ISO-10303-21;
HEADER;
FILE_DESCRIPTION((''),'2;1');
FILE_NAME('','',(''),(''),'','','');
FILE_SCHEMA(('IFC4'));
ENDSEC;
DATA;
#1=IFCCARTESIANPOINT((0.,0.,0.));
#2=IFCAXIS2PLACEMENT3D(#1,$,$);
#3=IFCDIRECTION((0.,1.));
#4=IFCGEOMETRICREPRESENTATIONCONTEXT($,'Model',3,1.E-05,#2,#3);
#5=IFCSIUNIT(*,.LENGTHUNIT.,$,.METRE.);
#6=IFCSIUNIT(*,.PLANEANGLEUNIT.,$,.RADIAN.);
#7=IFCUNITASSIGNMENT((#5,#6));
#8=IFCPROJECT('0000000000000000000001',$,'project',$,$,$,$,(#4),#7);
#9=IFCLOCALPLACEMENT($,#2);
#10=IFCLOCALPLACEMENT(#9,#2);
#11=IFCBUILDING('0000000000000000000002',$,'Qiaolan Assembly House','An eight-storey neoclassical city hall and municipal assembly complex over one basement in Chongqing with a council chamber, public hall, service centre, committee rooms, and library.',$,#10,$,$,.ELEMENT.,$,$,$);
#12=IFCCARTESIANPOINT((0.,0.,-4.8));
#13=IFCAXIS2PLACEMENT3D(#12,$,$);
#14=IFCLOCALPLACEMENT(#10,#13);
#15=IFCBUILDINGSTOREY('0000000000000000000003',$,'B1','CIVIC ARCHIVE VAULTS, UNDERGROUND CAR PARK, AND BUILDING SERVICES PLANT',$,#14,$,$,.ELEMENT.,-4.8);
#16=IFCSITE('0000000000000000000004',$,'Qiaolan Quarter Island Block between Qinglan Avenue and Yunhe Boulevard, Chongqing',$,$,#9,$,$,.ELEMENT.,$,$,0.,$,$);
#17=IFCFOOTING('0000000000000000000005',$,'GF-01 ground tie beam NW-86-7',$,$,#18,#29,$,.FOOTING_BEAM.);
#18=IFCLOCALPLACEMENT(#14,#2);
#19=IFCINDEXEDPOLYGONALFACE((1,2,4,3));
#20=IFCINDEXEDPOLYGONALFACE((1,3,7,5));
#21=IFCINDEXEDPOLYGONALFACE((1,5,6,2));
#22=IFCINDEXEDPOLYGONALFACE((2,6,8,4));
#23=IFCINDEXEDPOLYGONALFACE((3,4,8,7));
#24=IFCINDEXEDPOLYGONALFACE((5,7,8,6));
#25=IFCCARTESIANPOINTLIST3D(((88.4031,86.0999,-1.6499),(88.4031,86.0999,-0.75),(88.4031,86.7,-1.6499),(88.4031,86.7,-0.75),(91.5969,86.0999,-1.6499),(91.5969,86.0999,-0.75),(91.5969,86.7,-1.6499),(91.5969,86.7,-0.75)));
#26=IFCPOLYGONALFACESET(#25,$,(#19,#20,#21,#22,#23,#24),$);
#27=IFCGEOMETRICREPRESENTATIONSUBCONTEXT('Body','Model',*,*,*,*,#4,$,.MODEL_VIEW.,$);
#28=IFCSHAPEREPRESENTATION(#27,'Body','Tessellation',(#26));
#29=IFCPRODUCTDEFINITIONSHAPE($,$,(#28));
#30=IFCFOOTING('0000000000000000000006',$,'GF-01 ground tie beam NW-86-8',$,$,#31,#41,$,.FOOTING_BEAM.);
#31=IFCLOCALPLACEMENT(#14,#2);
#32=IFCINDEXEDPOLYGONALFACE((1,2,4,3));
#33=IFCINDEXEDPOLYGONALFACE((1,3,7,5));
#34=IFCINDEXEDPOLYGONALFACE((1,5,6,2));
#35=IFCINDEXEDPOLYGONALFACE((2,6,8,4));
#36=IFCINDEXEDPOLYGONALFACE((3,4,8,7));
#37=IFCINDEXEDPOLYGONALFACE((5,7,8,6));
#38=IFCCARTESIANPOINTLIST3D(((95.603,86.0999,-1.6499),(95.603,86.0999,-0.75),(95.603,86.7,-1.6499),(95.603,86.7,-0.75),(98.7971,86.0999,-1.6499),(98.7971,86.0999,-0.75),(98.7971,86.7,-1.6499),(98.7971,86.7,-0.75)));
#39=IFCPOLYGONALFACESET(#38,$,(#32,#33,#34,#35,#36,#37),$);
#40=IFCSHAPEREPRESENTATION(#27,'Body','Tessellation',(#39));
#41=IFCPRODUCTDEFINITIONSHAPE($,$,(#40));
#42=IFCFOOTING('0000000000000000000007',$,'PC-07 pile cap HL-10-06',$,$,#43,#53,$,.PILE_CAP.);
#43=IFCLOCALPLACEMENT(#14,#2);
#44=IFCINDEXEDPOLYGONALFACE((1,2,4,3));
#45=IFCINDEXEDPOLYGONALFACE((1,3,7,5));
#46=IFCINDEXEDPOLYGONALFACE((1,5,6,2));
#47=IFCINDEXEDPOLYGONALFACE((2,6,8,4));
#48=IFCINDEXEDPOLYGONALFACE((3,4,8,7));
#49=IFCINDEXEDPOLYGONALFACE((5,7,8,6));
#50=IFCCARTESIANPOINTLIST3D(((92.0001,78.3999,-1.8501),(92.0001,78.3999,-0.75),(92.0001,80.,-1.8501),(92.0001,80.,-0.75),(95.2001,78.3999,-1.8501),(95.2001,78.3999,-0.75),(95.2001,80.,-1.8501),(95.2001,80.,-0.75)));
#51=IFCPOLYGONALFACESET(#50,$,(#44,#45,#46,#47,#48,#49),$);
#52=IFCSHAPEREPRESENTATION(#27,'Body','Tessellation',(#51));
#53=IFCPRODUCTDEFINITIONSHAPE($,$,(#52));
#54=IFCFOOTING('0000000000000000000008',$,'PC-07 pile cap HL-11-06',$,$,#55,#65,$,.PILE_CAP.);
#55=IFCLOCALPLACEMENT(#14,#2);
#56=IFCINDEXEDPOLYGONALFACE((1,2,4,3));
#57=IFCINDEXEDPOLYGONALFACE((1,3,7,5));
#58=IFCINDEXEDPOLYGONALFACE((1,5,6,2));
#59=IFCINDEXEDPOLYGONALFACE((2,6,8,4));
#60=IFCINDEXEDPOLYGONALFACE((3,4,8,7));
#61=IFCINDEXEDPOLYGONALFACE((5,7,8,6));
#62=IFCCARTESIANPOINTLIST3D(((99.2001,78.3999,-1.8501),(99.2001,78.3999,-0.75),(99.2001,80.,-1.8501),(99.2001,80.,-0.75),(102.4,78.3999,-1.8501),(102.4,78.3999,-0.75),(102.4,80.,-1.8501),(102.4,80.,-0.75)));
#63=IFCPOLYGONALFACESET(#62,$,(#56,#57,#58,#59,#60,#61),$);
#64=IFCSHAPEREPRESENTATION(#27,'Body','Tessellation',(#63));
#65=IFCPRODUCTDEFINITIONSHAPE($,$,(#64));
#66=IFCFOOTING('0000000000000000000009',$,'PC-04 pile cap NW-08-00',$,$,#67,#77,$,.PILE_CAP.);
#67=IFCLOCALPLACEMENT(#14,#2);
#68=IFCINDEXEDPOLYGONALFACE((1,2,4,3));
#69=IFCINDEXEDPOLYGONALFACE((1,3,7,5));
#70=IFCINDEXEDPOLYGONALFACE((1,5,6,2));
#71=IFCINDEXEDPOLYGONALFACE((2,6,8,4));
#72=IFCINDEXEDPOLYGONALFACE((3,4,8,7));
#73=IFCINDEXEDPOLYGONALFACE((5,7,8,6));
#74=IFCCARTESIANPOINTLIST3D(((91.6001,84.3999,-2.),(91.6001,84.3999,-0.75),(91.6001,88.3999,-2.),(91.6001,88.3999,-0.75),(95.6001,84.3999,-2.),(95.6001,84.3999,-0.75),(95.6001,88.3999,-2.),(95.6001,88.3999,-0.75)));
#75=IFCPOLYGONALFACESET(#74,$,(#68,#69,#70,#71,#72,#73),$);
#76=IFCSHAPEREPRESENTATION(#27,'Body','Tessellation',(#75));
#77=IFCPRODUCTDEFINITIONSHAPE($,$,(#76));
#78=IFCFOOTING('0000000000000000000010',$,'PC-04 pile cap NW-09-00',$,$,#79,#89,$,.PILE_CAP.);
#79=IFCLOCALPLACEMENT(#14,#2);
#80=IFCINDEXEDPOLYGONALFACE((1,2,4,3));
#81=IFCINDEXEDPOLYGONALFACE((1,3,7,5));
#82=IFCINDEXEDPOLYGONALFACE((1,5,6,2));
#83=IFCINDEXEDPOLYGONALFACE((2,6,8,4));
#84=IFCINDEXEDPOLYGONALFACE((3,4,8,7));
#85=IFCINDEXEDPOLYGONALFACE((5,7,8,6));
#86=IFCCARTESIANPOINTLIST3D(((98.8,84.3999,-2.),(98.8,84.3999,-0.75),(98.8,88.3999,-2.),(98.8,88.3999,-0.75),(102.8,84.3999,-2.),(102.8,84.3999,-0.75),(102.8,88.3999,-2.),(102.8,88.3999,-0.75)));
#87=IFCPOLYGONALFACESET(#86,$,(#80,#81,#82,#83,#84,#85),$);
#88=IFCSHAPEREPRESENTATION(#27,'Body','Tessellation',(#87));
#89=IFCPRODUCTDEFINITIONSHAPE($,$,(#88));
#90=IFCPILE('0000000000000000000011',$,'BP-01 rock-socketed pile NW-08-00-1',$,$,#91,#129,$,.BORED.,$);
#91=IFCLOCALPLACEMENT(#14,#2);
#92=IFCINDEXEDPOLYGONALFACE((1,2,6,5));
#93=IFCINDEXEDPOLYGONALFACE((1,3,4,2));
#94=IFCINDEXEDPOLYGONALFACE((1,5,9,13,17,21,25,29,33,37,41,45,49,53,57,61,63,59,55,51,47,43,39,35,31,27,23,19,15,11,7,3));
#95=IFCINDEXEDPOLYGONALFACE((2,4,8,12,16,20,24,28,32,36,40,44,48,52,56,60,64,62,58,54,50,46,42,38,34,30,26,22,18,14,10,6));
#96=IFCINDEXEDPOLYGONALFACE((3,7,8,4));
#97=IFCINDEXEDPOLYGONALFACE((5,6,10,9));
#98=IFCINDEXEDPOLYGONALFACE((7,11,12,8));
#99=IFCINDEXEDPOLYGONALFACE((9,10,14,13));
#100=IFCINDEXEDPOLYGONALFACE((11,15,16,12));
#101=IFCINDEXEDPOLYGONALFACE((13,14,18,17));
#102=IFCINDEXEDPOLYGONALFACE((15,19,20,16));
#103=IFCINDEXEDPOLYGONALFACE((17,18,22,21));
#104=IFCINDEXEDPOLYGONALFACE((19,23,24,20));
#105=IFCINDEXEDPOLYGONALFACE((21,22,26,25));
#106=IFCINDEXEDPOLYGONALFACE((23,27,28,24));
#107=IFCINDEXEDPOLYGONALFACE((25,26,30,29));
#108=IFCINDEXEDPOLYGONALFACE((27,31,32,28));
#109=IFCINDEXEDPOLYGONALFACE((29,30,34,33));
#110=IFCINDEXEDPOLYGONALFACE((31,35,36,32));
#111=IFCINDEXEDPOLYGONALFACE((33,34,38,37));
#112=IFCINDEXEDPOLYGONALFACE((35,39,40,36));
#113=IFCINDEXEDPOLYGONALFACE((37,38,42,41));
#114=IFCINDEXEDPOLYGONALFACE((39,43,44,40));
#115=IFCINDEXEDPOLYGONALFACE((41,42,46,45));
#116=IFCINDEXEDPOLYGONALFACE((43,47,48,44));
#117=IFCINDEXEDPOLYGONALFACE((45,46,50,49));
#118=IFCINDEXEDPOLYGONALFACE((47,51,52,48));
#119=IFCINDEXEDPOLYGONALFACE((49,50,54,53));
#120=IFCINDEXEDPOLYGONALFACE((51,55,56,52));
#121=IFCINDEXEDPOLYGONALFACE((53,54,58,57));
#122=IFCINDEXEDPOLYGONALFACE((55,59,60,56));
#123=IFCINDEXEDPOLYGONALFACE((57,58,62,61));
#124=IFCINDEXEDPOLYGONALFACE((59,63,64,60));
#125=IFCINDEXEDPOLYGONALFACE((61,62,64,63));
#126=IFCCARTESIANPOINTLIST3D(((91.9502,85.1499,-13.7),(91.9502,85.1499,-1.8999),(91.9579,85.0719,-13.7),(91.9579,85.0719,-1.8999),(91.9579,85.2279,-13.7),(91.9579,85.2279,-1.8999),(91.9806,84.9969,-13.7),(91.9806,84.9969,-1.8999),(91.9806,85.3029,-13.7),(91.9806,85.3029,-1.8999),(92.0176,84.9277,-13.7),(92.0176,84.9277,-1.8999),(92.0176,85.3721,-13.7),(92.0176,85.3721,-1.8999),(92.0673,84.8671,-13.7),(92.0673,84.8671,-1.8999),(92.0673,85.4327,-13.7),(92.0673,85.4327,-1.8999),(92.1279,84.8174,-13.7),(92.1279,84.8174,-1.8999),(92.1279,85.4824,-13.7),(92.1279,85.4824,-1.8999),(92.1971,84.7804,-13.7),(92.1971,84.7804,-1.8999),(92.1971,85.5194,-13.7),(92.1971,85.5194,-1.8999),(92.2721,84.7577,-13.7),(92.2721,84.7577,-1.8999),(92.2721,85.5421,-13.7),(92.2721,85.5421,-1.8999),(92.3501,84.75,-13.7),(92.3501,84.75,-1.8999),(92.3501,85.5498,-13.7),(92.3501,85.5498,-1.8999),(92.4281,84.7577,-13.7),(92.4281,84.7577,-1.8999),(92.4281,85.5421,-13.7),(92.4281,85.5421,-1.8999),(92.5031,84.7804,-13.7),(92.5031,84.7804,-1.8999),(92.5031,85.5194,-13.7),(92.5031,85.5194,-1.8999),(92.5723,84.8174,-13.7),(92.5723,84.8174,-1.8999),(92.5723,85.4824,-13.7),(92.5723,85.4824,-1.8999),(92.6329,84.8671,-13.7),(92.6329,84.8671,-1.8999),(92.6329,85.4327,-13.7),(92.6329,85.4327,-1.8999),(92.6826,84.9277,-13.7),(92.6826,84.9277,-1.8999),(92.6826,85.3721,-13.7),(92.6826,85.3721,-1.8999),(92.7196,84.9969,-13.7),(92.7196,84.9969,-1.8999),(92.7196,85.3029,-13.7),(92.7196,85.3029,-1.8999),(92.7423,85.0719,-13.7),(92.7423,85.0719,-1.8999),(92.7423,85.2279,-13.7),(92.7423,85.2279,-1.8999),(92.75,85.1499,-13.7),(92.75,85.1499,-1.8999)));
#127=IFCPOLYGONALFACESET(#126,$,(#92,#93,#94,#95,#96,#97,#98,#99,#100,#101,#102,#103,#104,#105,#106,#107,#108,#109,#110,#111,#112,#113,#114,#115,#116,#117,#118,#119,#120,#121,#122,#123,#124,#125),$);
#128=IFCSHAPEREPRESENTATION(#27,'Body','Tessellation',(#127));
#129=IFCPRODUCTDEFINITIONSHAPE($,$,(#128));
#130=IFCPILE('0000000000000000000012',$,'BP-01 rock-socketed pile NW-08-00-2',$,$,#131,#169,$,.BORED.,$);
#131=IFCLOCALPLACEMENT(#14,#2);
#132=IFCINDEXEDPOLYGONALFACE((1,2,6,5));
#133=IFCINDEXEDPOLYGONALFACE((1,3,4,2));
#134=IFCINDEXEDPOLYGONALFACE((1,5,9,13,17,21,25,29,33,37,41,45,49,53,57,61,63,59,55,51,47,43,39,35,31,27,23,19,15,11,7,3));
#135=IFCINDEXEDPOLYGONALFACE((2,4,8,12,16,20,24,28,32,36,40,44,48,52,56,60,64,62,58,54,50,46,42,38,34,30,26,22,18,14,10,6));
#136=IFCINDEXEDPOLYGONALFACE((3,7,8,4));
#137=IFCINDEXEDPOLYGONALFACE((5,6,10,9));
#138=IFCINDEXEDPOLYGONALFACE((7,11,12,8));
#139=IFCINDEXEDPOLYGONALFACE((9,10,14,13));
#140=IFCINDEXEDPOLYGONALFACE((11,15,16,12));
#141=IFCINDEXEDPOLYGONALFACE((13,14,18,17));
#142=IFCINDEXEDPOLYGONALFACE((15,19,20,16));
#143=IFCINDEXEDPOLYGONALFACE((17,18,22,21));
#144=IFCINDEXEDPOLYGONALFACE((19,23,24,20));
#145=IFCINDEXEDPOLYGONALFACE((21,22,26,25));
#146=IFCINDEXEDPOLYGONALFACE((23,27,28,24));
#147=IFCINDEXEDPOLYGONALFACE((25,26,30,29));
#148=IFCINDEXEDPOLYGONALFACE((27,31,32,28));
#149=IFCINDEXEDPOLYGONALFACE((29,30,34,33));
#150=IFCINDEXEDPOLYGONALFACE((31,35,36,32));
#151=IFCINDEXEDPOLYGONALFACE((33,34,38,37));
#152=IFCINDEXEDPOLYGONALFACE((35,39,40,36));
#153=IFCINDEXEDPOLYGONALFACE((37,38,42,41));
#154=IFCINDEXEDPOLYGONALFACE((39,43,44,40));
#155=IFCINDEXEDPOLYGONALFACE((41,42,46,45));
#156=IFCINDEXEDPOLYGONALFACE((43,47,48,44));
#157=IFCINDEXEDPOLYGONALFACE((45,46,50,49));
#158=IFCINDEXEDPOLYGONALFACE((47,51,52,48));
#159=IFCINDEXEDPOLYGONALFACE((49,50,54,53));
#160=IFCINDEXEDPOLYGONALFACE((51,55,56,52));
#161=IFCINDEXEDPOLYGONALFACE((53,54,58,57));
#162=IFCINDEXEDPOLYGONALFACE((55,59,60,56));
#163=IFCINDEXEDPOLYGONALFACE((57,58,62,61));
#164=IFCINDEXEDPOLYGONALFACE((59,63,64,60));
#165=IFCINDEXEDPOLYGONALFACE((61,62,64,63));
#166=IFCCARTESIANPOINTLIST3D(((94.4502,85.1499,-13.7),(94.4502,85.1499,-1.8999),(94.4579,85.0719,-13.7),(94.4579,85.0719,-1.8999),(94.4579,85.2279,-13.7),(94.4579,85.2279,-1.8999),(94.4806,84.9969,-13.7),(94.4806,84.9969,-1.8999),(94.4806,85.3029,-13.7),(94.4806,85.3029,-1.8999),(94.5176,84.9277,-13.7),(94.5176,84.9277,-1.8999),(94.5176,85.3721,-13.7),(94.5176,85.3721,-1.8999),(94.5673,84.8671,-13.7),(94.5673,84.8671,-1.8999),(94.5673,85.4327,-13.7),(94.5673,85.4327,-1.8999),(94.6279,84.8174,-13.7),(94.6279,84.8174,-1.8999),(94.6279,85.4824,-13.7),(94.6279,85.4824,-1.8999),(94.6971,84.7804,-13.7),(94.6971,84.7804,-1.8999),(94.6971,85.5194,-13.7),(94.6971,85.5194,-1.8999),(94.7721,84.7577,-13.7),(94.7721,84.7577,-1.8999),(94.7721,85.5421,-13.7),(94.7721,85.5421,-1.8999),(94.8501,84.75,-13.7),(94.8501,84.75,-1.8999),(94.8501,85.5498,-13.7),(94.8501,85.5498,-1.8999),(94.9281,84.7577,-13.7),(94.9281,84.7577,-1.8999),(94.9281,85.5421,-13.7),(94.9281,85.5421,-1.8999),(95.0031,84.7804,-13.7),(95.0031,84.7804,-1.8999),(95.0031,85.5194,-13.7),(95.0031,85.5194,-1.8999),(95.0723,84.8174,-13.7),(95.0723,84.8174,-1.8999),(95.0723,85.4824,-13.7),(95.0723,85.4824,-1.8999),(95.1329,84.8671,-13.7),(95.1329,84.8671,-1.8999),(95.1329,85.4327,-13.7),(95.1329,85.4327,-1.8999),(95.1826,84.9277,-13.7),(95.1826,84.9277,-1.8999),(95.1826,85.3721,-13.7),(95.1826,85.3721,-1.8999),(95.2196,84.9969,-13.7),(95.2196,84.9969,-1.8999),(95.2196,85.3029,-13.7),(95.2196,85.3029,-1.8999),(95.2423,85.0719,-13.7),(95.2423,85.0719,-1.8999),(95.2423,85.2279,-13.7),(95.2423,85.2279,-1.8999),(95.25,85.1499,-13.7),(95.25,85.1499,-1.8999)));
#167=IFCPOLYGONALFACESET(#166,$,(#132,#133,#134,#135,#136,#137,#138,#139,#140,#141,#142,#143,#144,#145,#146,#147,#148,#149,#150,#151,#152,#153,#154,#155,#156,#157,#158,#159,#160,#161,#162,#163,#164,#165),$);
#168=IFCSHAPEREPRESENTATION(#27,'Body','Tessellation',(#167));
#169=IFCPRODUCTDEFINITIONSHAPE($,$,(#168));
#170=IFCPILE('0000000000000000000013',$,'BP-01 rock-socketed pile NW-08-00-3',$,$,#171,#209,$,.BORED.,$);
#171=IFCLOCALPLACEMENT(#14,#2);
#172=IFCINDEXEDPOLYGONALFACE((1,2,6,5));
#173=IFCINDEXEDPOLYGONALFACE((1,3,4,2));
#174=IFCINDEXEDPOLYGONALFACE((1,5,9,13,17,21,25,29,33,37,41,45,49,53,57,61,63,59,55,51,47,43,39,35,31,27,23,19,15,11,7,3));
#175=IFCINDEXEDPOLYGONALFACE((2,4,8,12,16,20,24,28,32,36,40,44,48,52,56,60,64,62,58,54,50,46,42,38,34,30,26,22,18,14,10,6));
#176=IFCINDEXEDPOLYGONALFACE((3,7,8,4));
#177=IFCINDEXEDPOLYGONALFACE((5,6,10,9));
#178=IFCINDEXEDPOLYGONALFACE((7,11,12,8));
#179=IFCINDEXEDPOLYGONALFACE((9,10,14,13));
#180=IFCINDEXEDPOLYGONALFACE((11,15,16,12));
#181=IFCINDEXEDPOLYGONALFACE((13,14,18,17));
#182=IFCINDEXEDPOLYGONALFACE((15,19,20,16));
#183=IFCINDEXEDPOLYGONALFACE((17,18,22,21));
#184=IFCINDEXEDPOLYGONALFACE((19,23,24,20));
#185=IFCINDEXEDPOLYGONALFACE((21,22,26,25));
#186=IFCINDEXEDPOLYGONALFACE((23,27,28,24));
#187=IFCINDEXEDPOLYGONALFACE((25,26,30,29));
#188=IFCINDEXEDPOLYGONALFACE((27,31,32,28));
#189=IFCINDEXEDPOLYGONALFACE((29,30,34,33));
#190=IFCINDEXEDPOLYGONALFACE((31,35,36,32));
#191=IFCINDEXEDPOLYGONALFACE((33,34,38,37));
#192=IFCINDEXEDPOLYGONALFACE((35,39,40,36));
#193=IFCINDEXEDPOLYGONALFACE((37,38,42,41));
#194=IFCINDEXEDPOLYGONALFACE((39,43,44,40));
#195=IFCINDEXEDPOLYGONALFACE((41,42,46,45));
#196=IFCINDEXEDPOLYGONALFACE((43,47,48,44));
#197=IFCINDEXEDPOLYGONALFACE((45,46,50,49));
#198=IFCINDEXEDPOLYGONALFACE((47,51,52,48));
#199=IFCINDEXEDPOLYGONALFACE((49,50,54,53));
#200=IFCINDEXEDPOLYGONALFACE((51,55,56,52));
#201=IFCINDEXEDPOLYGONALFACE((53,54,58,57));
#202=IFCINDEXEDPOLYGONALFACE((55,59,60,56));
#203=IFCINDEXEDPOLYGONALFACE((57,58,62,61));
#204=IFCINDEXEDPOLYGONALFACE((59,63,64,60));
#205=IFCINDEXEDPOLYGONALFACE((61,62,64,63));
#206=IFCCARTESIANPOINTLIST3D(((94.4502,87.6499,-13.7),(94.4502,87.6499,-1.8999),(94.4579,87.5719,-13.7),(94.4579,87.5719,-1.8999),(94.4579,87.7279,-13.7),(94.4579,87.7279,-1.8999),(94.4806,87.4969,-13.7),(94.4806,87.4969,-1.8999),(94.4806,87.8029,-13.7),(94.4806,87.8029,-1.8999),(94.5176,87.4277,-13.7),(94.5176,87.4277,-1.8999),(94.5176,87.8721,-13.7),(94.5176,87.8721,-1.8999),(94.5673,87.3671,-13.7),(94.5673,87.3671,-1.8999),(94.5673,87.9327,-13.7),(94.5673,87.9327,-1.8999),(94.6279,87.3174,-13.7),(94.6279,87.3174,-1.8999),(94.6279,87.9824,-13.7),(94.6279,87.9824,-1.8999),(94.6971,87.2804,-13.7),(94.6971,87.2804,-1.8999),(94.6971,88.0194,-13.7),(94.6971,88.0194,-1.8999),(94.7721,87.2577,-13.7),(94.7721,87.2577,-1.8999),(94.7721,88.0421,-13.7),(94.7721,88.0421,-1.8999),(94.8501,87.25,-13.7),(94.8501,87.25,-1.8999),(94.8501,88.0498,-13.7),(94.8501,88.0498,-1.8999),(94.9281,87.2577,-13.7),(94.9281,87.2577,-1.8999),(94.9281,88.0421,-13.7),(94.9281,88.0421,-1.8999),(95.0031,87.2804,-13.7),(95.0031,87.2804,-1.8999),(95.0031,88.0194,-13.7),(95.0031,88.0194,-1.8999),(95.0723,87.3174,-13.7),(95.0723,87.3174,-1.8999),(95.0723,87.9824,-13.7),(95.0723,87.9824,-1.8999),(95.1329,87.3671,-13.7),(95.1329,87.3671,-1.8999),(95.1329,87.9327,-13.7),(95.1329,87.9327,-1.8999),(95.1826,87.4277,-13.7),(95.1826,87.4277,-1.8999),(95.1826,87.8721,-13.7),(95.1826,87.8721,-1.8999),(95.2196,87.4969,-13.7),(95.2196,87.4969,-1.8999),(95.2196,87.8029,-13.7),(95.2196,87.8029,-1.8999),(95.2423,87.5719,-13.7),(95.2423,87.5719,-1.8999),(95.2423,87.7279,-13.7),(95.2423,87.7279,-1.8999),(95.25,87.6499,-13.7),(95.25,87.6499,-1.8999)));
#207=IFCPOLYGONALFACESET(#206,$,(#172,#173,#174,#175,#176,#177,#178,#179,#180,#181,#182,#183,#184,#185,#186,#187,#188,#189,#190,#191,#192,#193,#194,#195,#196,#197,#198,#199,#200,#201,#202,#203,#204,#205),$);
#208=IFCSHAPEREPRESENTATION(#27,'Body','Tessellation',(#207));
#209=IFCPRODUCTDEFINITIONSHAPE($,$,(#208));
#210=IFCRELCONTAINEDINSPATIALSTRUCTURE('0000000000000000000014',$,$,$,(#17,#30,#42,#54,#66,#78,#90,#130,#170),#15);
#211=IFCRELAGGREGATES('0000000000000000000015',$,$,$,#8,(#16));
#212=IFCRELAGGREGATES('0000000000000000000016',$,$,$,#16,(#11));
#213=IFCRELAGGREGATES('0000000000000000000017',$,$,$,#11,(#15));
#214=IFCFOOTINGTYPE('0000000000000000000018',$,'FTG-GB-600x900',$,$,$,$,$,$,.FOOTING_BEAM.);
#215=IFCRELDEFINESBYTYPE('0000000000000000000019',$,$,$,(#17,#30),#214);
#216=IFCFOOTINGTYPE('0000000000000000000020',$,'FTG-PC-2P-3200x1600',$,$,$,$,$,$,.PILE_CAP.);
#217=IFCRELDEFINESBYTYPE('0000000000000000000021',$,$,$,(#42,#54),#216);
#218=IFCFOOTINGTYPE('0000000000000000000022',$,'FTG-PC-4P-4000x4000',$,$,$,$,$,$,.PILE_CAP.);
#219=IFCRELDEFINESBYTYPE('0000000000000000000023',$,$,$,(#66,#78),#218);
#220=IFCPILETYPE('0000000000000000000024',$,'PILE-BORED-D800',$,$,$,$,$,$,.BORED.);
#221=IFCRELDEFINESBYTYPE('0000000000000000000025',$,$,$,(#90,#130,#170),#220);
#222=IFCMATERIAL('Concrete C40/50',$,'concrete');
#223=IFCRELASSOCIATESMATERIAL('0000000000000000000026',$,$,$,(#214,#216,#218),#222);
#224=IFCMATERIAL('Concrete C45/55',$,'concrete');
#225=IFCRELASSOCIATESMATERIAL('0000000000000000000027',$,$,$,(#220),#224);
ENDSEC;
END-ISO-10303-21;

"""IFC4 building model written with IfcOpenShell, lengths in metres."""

from ifc_helpers import new_model, si_unit, direction, frame, origin, origin_2d, place, context, subcontext, project, spatial, rectangle, circle, extrude, material, material_profile, profile_set, type_object, element, save


model = new_model("IFC4")

# Units and contexts
model_context = context("Model", 3, precision=1e-05, world=origin(), true_north=direction((0.0, 1.0)))
body_context = subcontext(model_context, "Body", "Model", "MODEL_VIEW")
ifc_project = project(units=[si_unit("LENGTHUNIT", "METRE"), si_unit("PLANEANGLEUNIT", "RADIAN")], contexts=[model_context])

# Site, building, storey
site_placement = place(None, origin())
site = spatial("IfcSite", under=ifc_project, at=site_placement, Name="Qiaolan Quarter Island Block between Qinglan Avenue and Yunhe Boulevard, Chongqing", CompositionType="ELEMENT", RefElevation=0.0)
building_placement = place(site_placement, origin())
building = spatial("IfcBuilding", under=site, at=building_placement, Name="Qiaolan Assembly House", Description="An eight-storey neoclassical city hall and municipal assembly complex over one basement in Chongqing with a council chamber, public hall, service centre, committee rooms, and library.", CompositionType="ELEMENT")
storey_placement = place(building_placement, frame((0.0, 0.0, -4.8)))
storey = spatial("IfcBuildingStorey", under=building, at=storey_placement, Name="B1", Description="CIVIC ARCHIVE VAULTS, UNDERGROUND CAR PARK, AND BUILDING SERVICES PLANT", CompositionType="ELEMENT", Elevation=-4.8)

# Footings
ifc_material_1 = material(Name="Concrete C40/50", Category="concrete")
ifc_material_profile_1 = material_profile(ifc_material_1, rectangle(XDim=0.6001, YDim=0.8999, at=origin_2d()), Name="GF 600x900")
ifc_profile_set_1 = profile_set([ifc_material_profile_1], Name="Concrete C40/50")
footing_type_1 = type_object("IfcFootingType", Name="FTG-GB-600x900", PredefinedType="FOOTING_BEAM", material=ifc_profile_set_1)
footing_1_placement = place(storey_placement, frame((88.4031, 86.3999, -1.2), z_axis=(1.0, 0.0, 0.0), x_axis=(0.0, 1.0, 0.0)))
element("IfcFooting", 1, at=footing_1_placement, inside=storey, type_object=footing_type_1, Name="GF-01 ground tie beam NW-86-7", PredefinedType="FOOTING_BEAM", context=body_context, shape_type="SweptSolid", body=[
    extrude(rectangle(XDim=0.6001, YDim=0.8999, at=origin_2d()), origin(), (0.0, 0.0, 1.0), 3.1938),
])
footing_2_placement = place(storey_placement, frame((95.603, 86.3999, -1.2), z_axis=(1.0, 0.0, 0.0), x_axis=(0.0, 1.0, 0.0)))
element("IfcFooting", 2, at=footing_2_placement, inside=storey, type_object=footing_type_1, Name="GF-01 ground tie beam NW-86-8", PredefinedType="FOOTING_BEAM", context=body_context, shape_type="SweptSolid", body=[
    extrude(rectangle(XDim=0.6001, YDim=0.8999, at=origin_2d()), origin(), (0.0, 0.0, 1.0), 3.1941),
])
footing_type_2 = type_object("IfcFootingType", Name="FTG-PC-2P-3200x1600", PredefinedType="PILE_CAP", material=ifc_material_1)
for number, where, z_axis, x_axis, name in (
    (3, (93.6001, 79.2, -1.8501), (0.0, 0.0, 1.0), (1.0, 0.0, 0.0), "PC-07 pile cap HL-10-06"),
    (4, (100.8, 79.2, -1.8501), (0.0, 0.0, 1.0), (1.0, 0.0, 0.0), "PC-07 pile cap HL-11-06"),
):
    element("IfcFooting", number, at=place(storey_placement, frame(where, z_axis=z_axis, x_axis=x_axis)), inside=storey, type_object=footing_type_2, Name=name, PredefinedType="PILE_CAP", context=body_context, shape_type="SweptSolid", body=[
        extrude(rectangle(XDim=3.2, YDim=1.6001, at=origin_2d()), origin(), (0.0, 0.0, 1.0), 1.1001),
    ])
footing_type_3 = type_object("IfcFootingType", Name="FTG-PC-4P-4000x4000", PredefinedType="PILE_CAP", material=ifc_material_1)
for number, where, z_axis, x_axis, name in (
    (5, (93.6001, 86.3999, -2.0), (0.0, 0.0, 1.0), (1.0, 0.0, 0.0), "PC-04 pile cap NW-08-00"),
    (6, (100.8, 86.3999, -2.0), (0.0, 0.0, 1.0), (1.0, 0.0, 0.0), "PC-04 pile cap NW-09-00"),
):
    element("IfcFooting", number, at=place(storey_placement, frame(where, z_axis=z_axis, x_axis=x_axis)), inside=storey, type_object=footing_type_3, Name=name, PredefinedType="PILE_CAP", context=body_context, shape_type="SweptSolid", body=[
        extrude(rectangle(XDim=4.0, YDim=4.0, at=origin_2d()), origin(), (0.0, 0.0, 1.0), 1.25),
    ])

# Piles
ifc_material_2 = material(Name="Concrete C45/55", Category="concrete")
ifc_material_profile_2 = material_profile(ifc_material_2, circle(Radius=0.3999, at=origin_2d()), Name="PILE D800")
ifc_profile_set_2 = profile_set([ifc_material_profile_2], Name="Concrete C45/55")
pile_type = type_object("IfcPileType", Name="PILE-BORED-D800", PredefinedType="BORED", material=ifc_profile_set_2)
for number, where, z_axis, x_axis, name in (
    (7, (92.3501, 85.1499, -1.8999), (0.0, 0.0, -1.0), (1.0, 0.0, 0.0), "BP-01 rock-socketed pile NW-08-00-1"),
    (8, (94.8501, 85.1499, -1.8999), (0.0, 0.0, -1.0), (1.0, 0.0, 0.0), "BP-01 rock-socketed pile NW-08-00-2"),
    (9, (94.8501, 87.6499, -1.8999), (0.0, 0.0, -1.0), (1.0, 0.0, 0.0), "BP-01 rock-socketed pile NW-08-00-3"),
):
    element("IfcPile", number, at=place(storey_placement, frame(where, z_axis=z_axis, x_axis=x_axis)), inside=storey, type_object=pile_type, Name=name, PredefinedType="BORED", context=body_context, shape_type="SweptSolid", body=[
        extrude(circle(Radius=0.3999, at=origin_2d()), origin(), (0.0, 0.0, 1.0), 11.8),
    ])

save(model, "model.ifc")
